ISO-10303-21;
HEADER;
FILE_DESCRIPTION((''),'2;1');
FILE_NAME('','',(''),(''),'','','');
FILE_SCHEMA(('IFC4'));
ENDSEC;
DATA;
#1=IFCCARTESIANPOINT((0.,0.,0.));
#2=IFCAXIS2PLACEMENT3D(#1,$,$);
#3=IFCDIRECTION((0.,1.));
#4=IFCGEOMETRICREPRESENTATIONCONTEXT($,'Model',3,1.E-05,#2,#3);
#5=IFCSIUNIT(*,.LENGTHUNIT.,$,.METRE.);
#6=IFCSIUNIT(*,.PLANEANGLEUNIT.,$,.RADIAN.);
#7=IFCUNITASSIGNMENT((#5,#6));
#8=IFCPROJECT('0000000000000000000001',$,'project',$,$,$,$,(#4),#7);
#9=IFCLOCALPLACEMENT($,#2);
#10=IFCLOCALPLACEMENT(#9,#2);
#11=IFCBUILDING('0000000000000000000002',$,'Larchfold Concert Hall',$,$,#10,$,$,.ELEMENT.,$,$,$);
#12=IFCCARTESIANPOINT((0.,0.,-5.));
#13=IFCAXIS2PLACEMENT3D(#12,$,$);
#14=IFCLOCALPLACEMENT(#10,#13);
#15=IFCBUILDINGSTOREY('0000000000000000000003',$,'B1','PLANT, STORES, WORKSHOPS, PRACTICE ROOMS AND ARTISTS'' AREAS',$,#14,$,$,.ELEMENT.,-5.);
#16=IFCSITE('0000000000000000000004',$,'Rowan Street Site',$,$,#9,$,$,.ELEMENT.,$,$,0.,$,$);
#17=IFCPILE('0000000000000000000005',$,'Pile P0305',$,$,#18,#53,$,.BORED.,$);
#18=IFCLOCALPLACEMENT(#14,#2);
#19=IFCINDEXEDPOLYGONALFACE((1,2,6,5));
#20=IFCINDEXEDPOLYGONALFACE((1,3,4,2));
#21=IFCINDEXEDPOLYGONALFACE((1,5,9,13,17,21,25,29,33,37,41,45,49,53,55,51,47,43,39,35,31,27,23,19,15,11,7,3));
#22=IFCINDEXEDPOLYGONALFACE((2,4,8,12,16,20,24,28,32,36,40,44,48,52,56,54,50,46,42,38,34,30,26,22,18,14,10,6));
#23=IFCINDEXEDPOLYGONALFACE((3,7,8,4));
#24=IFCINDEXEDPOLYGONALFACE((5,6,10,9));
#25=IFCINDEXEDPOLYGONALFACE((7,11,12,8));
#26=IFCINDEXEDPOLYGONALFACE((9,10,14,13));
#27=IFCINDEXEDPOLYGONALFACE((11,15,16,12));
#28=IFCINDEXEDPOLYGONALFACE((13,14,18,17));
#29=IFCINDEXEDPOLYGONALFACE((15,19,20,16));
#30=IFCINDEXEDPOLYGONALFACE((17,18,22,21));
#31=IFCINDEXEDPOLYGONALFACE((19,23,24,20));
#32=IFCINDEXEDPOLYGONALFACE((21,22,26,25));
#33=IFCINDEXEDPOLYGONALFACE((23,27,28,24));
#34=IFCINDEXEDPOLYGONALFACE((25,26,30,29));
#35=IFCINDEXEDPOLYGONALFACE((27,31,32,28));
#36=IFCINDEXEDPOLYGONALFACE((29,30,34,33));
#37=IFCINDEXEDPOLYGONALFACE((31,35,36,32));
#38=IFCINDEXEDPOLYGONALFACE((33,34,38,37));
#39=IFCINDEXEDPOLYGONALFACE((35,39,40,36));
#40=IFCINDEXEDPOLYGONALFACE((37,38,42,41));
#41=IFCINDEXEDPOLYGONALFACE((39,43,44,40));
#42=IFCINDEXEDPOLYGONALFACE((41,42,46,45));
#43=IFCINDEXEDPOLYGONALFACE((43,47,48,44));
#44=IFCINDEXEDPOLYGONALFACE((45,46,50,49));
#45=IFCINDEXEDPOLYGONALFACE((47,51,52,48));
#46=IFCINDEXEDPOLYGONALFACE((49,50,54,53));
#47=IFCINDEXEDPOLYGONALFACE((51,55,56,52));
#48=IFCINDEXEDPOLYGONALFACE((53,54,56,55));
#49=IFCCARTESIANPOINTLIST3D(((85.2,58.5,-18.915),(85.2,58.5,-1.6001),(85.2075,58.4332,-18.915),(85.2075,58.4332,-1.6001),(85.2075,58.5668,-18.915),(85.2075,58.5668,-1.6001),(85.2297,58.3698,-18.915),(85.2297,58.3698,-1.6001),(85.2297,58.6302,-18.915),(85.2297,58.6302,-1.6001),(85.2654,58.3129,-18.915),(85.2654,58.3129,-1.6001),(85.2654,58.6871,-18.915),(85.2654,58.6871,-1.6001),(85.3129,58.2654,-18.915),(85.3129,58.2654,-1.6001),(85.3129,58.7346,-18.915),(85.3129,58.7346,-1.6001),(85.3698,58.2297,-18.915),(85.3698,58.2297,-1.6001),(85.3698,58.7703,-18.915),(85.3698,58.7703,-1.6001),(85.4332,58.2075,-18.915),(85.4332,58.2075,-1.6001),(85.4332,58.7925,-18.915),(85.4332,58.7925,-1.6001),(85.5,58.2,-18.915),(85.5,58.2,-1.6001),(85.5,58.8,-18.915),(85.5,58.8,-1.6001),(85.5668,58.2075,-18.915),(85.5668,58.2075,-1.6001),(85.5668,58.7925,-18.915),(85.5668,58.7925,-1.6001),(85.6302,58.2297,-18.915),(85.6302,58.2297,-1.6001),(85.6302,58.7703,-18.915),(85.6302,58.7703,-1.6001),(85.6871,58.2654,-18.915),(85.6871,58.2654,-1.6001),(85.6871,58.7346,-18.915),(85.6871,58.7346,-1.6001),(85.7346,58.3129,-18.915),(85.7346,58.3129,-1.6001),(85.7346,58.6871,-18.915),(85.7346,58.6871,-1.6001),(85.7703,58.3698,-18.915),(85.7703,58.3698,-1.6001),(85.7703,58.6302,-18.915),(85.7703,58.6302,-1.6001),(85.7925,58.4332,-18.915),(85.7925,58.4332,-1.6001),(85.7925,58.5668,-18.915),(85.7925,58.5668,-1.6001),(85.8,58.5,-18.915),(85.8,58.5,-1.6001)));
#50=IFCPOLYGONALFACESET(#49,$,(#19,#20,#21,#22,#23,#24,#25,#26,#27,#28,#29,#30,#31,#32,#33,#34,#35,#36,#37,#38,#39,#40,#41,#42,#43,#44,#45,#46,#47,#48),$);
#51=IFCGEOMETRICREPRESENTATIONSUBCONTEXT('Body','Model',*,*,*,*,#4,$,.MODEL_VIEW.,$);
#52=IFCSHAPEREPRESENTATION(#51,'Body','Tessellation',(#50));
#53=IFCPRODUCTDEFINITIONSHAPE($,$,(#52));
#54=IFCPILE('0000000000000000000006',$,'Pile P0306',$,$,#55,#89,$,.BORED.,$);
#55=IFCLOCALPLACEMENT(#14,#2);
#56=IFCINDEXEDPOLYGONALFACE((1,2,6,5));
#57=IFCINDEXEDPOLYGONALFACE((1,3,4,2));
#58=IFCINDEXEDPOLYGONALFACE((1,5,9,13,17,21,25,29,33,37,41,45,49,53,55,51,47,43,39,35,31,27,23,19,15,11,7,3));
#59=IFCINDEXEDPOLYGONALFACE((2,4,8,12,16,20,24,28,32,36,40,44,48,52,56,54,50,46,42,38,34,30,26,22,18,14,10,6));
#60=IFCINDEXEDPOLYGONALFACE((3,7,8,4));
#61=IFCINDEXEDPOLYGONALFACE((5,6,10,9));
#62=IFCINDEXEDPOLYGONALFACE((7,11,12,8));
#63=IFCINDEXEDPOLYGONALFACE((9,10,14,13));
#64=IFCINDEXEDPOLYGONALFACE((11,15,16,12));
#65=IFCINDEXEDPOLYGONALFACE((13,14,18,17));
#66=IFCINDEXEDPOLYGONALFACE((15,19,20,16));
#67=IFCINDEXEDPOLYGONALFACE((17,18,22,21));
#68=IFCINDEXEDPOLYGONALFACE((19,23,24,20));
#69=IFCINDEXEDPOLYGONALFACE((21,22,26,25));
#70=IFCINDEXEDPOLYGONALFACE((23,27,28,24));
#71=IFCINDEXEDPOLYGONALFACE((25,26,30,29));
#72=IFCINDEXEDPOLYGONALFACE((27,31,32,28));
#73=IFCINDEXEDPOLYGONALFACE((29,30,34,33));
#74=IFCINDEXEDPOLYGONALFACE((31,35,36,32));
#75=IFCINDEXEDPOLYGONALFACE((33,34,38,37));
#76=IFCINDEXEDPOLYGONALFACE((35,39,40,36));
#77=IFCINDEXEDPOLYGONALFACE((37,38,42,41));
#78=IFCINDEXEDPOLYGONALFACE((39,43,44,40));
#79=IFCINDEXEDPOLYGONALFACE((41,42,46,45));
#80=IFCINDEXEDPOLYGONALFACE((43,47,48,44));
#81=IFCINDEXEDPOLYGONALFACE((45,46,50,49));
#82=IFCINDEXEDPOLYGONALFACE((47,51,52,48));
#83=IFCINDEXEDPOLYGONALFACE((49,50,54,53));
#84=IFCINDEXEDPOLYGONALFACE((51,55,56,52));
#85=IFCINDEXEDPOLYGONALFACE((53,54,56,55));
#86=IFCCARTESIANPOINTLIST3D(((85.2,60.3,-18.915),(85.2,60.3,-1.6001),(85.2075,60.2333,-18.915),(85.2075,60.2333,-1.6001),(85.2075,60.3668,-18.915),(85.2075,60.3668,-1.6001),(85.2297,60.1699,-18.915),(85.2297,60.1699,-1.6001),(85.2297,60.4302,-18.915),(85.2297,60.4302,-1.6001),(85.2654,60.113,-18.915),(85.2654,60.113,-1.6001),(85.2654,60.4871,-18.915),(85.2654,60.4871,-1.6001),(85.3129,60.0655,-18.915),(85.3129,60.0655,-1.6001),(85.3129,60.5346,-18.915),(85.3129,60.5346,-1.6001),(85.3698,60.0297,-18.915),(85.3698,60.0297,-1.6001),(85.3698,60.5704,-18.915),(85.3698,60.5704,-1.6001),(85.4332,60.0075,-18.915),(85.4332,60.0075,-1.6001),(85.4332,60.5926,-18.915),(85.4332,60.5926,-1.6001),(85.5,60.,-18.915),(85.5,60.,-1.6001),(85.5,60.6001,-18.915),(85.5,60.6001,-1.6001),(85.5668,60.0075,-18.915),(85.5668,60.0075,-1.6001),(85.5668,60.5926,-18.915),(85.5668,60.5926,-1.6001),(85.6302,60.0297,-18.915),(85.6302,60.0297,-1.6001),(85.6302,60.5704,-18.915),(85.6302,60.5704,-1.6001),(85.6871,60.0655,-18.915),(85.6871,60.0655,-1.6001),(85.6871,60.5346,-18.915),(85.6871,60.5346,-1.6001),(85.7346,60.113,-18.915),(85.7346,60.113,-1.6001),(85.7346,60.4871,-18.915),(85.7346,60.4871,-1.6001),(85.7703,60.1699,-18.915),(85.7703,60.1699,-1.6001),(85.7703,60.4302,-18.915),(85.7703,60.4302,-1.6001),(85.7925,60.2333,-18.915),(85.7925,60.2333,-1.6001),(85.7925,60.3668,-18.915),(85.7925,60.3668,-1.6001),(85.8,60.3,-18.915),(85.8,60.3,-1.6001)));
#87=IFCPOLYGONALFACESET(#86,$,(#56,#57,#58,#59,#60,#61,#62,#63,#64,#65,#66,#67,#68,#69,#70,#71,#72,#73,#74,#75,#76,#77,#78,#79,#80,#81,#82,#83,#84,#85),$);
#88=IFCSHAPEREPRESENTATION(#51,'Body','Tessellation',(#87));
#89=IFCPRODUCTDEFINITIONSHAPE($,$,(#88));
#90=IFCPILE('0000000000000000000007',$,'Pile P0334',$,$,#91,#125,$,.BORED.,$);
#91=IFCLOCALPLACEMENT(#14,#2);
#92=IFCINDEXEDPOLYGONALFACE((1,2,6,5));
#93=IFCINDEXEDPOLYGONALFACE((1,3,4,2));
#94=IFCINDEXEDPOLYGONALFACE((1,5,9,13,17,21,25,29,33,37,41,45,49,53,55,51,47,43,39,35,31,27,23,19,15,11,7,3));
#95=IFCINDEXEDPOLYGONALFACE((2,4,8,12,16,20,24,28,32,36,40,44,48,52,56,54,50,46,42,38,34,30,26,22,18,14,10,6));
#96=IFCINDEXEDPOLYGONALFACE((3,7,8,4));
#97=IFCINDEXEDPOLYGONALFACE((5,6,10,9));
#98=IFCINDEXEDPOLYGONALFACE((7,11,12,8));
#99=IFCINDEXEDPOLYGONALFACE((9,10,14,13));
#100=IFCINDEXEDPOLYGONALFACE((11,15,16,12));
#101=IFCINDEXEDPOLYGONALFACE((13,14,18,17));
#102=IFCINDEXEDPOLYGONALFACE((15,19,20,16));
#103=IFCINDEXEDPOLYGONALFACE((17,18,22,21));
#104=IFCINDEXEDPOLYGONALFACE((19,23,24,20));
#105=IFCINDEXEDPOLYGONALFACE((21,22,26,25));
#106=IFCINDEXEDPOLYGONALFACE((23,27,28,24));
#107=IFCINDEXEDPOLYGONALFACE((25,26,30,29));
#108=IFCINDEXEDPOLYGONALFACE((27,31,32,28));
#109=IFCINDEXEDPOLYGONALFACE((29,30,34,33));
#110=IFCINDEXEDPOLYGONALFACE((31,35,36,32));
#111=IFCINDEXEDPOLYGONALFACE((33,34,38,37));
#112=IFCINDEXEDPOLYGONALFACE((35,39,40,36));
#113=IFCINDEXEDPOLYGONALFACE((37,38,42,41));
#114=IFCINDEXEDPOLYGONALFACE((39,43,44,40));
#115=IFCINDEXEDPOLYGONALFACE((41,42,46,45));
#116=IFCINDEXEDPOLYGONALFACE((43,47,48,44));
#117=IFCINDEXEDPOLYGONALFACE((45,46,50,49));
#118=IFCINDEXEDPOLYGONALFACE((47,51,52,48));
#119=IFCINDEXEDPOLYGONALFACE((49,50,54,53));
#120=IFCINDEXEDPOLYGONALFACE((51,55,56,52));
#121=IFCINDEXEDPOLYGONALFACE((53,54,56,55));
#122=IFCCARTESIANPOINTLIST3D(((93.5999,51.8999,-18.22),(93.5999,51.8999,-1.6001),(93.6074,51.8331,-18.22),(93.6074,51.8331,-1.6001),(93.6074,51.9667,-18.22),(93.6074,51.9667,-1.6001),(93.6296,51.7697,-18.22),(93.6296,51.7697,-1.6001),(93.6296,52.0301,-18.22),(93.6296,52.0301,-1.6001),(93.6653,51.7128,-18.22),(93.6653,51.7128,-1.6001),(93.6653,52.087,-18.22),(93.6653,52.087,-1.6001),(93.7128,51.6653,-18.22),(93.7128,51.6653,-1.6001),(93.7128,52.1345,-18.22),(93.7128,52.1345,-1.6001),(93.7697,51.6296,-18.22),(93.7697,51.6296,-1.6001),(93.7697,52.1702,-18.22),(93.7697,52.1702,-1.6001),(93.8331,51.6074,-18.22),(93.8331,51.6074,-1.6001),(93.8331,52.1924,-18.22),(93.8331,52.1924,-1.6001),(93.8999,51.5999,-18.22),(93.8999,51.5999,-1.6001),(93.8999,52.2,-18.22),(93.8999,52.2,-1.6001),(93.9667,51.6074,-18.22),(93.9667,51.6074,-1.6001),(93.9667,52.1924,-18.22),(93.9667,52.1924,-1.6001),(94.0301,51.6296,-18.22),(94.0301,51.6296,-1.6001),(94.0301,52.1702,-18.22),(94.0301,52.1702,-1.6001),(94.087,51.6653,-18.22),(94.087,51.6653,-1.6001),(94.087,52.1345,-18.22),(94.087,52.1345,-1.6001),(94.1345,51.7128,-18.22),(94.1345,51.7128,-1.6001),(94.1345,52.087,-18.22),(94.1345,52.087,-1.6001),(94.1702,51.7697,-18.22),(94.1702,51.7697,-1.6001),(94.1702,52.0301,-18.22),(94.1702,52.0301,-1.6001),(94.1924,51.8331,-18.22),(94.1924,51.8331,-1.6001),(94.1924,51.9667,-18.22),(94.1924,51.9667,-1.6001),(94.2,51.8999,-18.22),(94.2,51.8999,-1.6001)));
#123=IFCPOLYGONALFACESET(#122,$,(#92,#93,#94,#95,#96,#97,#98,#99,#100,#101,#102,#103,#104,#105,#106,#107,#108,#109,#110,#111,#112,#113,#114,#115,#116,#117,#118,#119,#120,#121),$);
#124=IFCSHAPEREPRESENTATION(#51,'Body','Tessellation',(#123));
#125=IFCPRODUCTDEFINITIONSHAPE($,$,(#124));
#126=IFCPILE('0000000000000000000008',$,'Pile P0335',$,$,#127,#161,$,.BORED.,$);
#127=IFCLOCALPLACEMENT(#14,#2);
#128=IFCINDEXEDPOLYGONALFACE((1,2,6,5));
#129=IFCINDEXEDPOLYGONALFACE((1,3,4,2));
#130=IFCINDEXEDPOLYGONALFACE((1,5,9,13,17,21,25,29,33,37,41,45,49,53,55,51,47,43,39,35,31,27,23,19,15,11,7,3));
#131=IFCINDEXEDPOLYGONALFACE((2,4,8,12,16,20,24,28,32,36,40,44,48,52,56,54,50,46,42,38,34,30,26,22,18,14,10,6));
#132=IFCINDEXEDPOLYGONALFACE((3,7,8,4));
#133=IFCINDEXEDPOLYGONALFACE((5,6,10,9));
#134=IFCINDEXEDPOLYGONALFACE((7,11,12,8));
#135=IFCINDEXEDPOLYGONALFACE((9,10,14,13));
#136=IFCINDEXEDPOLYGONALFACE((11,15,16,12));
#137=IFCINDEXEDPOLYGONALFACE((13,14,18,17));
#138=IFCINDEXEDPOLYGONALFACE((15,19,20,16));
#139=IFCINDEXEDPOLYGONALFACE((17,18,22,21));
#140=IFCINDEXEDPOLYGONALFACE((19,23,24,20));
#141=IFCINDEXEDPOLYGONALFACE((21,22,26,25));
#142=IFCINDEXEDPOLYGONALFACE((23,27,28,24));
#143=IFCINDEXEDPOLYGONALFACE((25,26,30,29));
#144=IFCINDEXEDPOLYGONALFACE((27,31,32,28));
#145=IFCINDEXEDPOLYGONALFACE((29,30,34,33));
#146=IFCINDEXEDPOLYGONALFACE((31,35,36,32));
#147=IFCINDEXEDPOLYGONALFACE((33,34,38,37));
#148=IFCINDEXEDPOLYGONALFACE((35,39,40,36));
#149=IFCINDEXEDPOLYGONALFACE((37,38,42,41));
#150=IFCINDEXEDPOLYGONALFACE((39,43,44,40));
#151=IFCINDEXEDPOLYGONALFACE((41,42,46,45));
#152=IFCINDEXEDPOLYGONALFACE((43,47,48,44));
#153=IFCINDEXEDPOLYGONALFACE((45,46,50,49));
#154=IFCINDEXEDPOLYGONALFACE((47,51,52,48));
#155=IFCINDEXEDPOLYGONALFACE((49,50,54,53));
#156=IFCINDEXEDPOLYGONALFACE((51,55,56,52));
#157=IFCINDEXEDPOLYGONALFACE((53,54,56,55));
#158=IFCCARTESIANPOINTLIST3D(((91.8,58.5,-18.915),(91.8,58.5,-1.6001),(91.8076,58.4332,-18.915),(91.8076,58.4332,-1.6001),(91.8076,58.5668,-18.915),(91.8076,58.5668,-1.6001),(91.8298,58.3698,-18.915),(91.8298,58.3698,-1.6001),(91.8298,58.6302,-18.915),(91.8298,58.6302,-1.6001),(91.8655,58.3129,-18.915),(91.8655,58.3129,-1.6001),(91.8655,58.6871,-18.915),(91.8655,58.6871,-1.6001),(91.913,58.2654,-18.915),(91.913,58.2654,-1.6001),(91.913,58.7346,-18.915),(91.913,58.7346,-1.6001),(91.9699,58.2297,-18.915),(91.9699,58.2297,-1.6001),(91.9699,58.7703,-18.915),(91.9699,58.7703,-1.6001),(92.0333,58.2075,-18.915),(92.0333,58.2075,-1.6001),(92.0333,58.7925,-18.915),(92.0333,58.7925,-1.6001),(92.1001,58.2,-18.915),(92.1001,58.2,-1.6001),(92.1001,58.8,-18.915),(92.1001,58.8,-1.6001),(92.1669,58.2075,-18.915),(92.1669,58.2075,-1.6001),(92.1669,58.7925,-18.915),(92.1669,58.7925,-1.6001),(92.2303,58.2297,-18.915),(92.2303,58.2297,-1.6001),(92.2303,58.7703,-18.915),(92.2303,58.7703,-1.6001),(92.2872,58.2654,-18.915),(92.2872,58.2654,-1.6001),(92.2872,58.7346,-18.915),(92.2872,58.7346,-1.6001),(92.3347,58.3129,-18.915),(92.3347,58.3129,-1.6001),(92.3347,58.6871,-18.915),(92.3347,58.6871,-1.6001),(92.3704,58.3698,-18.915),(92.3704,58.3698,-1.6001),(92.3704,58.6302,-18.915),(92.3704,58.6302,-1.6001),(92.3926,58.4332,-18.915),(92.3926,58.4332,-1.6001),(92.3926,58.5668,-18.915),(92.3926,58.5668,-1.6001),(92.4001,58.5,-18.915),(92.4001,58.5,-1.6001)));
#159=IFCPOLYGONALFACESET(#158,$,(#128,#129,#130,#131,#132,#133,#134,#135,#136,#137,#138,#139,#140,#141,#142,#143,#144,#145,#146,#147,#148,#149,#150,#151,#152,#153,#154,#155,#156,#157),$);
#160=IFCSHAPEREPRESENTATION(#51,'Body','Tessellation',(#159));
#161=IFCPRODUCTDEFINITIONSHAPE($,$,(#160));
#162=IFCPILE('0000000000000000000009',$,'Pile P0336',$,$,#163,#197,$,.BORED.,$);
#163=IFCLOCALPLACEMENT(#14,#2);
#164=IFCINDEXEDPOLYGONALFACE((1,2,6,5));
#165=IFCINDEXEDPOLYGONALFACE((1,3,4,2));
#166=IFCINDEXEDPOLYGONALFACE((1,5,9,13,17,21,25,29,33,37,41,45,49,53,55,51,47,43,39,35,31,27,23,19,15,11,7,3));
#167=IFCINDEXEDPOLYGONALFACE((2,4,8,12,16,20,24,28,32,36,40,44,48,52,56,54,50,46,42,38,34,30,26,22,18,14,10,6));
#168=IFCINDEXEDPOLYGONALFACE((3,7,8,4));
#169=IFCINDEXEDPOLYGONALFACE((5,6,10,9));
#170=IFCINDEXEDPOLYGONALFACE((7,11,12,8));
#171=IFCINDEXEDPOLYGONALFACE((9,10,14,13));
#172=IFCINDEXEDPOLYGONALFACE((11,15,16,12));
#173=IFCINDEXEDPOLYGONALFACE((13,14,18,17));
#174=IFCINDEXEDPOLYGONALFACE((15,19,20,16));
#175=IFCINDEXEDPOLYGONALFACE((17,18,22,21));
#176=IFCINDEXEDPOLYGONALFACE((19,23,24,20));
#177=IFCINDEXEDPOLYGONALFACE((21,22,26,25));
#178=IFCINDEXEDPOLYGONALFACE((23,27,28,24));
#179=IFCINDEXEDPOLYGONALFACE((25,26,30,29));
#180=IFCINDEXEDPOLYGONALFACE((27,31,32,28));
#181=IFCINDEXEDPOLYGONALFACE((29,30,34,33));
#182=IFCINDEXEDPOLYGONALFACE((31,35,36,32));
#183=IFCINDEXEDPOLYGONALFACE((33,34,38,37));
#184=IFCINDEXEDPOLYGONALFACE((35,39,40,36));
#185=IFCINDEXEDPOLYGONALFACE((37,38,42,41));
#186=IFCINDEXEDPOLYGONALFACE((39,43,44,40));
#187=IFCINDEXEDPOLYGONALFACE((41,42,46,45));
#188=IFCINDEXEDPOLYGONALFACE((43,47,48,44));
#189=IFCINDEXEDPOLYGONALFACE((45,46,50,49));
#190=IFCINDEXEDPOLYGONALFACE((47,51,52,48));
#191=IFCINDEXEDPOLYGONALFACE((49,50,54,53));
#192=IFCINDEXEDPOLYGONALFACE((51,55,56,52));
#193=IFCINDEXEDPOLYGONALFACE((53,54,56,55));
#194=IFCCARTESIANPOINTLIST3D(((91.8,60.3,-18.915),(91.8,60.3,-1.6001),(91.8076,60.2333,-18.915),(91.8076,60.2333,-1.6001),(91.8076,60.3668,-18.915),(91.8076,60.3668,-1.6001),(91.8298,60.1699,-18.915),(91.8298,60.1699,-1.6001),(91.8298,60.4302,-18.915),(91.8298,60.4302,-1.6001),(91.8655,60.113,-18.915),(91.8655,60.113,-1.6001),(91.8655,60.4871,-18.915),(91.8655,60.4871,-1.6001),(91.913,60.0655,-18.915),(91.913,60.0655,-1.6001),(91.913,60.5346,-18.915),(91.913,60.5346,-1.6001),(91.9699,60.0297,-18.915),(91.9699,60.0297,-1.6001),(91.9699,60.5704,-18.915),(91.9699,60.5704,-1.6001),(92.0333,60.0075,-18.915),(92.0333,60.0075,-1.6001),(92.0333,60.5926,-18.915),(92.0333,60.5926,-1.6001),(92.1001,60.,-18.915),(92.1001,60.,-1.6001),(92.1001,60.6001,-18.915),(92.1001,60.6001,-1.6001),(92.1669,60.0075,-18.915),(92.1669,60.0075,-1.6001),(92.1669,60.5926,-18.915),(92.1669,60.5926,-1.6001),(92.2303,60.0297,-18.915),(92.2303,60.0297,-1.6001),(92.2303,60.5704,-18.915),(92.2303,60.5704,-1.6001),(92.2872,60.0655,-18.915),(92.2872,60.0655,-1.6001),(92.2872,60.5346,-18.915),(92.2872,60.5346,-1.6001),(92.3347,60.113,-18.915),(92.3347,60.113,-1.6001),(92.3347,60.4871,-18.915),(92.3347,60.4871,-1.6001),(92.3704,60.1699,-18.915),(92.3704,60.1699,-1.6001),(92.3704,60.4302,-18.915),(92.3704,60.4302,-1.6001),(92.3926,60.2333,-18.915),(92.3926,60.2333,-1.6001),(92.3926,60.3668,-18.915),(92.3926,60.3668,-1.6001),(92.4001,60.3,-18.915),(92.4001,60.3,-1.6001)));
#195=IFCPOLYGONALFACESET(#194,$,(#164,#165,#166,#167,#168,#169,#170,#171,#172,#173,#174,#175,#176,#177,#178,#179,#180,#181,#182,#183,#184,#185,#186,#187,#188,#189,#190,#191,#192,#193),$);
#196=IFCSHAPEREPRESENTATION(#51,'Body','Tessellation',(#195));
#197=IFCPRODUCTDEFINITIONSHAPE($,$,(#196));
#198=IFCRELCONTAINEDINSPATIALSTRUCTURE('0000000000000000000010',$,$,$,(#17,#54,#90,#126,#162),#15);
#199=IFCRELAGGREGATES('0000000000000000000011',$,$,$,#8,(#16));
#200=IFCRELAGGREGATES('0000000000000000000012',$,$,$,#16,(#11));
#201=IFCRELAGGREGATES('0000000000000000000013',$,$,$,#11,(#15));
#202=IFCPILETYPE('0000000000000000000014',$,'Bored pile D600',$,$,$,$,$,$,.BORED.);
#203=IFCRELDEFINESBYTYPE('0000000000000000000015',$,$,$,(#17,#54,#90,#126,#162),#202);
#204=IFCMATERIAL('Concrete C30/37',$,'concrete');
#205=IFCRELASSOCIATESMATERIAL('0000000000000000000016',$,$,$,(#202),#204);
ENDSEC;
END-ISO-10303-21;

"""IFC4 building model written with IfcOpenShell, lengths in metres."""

from ifc_helpers import new_model, si_unit, direction, frame, origin, origin_2d, place, context, subcontext, project, spatial, circle, extrude, material, material_profile, profile_set, type_object, element, save


model = new_model("IFC4")

# Units and contexts
model_context = context("Model", 3, precision=1e-05, world=origin(), true_north=direction((0.0, 1.0)))
body_context = subcontext(model_context, "Body", "Model", "MODEL_VIEW")
ifc_project = project(units=[si_unit("LENGTHUNIT", "METRE"), si_unit("PLANEANGLEUNIT", "RADIAN")], contexts=[model_context])

# Site, building, storey
site_placement = place(None, origin())
site = spatial("IfcSite", under=ifc_project, at=site_placement, Name="Rowan Street Site", CompositionType="ELEMENT", RefElevation=0.0)
building_placement = place(site_placement, origin())
building = spatial("IfcBuilding", under=site, at=building_placement, Name="Larchfold Concert Hall", CompositionType="ELEMENT")
storey_placement = place(building_placement, frame((0.0, 0.0, -5.0)))
storey = spatial("IfcBuildingStorey", under=building, at=storey_placement, Name="B1", Description="PLANT, STORES, WORKSHOPS, PRACTICE ROOMS AND ARTISTS' AREAS", CompositionType="ELEMENT", Elevation=-5.0)

# Piles
ifc_material_1 = material(Name="Concrete C30/37", Category="concrete")
ifc_material_profile_1 = material_profile(ifc_material_1, circle(Radius=0.3, at=origin_2d()))
ifc_profile_set_1 = profile_set([ifc_material_profile_1], Name="Concrete C30/37")
pile_type = type_object("IfcPileType", Name="Bored pile D600", PredefinedType="BORED", material=ifc_profile_set_1)
for number, where, z_axis, x_axis, name in (
    (1, (85.5, 58.5, -1.6001), (0.0, 0.0, -1.0), (1.0, 0.0, 0.0), "Pile P0305"),
    (2, (85.5, 60.3, -1.6001), (0.0, 0.0, -1.0), (1.0, 0.0, 0.0), "Pile P0306"),
):
    element("IfcPile", number, at=place(storey_placement, frame(where, z_axis=z_axis, x_axis=x_axis)), inside=storey, type_object=pile_type, Name=name, PredefinedType="BORED", context=body_context, shape_type="SweptSolid", body=[
        extrude(circle(Radius=0.3, at=origin_2d()), origin(), (0.0, 0.0, 1.0), 17.3149),
    ])
pile_placement = place(storey_placement, frame((93.8999, 51.8999, -1.6001), z_axis=(0.0, 0.0, -1.0), x_axis=(1.0, 0.0, 0.0)))
element("IfcPile", 3, at=pile_placement, inside=storey, type_object=pile_type, Name="Pile P0334", PredefinedType="BORED", context=body_context, shape_type="SweptSolid", body=[
    extrude(circle(Radius=0.3, at=origin_2d()), origin(), (0.0, 0.0, 1.0), 16.6199),
])
for number, where, z_axis, x_axis, name in (
    (4, (92.1001, 58.5, -1.6001), (0.0, 0.0, -1.0), (1.0, 0.0, 0.0), "Pile P0335"),
    (5, (92.1001, 60.3, -1.6001), (0.0, 0.0, -1.0), (1.0, 0.0, 0.0), "Pile P0336"),
):
    element("IfcPile", number, at=place(storey_placement, frame(where, z_axis=z_axis, x_axis=x_axis)), inside=storey, type_object=pile_type, Name=name, PredefinedType="BORED", context=body_context, shape_type="SweptSolid", body=[
        extrude(circle(Radius=0.3, at=origin_2d()), origin(), (0.0, 0.0, 1.0), 17.3149),
    ])

save(model, "model.ifc")
